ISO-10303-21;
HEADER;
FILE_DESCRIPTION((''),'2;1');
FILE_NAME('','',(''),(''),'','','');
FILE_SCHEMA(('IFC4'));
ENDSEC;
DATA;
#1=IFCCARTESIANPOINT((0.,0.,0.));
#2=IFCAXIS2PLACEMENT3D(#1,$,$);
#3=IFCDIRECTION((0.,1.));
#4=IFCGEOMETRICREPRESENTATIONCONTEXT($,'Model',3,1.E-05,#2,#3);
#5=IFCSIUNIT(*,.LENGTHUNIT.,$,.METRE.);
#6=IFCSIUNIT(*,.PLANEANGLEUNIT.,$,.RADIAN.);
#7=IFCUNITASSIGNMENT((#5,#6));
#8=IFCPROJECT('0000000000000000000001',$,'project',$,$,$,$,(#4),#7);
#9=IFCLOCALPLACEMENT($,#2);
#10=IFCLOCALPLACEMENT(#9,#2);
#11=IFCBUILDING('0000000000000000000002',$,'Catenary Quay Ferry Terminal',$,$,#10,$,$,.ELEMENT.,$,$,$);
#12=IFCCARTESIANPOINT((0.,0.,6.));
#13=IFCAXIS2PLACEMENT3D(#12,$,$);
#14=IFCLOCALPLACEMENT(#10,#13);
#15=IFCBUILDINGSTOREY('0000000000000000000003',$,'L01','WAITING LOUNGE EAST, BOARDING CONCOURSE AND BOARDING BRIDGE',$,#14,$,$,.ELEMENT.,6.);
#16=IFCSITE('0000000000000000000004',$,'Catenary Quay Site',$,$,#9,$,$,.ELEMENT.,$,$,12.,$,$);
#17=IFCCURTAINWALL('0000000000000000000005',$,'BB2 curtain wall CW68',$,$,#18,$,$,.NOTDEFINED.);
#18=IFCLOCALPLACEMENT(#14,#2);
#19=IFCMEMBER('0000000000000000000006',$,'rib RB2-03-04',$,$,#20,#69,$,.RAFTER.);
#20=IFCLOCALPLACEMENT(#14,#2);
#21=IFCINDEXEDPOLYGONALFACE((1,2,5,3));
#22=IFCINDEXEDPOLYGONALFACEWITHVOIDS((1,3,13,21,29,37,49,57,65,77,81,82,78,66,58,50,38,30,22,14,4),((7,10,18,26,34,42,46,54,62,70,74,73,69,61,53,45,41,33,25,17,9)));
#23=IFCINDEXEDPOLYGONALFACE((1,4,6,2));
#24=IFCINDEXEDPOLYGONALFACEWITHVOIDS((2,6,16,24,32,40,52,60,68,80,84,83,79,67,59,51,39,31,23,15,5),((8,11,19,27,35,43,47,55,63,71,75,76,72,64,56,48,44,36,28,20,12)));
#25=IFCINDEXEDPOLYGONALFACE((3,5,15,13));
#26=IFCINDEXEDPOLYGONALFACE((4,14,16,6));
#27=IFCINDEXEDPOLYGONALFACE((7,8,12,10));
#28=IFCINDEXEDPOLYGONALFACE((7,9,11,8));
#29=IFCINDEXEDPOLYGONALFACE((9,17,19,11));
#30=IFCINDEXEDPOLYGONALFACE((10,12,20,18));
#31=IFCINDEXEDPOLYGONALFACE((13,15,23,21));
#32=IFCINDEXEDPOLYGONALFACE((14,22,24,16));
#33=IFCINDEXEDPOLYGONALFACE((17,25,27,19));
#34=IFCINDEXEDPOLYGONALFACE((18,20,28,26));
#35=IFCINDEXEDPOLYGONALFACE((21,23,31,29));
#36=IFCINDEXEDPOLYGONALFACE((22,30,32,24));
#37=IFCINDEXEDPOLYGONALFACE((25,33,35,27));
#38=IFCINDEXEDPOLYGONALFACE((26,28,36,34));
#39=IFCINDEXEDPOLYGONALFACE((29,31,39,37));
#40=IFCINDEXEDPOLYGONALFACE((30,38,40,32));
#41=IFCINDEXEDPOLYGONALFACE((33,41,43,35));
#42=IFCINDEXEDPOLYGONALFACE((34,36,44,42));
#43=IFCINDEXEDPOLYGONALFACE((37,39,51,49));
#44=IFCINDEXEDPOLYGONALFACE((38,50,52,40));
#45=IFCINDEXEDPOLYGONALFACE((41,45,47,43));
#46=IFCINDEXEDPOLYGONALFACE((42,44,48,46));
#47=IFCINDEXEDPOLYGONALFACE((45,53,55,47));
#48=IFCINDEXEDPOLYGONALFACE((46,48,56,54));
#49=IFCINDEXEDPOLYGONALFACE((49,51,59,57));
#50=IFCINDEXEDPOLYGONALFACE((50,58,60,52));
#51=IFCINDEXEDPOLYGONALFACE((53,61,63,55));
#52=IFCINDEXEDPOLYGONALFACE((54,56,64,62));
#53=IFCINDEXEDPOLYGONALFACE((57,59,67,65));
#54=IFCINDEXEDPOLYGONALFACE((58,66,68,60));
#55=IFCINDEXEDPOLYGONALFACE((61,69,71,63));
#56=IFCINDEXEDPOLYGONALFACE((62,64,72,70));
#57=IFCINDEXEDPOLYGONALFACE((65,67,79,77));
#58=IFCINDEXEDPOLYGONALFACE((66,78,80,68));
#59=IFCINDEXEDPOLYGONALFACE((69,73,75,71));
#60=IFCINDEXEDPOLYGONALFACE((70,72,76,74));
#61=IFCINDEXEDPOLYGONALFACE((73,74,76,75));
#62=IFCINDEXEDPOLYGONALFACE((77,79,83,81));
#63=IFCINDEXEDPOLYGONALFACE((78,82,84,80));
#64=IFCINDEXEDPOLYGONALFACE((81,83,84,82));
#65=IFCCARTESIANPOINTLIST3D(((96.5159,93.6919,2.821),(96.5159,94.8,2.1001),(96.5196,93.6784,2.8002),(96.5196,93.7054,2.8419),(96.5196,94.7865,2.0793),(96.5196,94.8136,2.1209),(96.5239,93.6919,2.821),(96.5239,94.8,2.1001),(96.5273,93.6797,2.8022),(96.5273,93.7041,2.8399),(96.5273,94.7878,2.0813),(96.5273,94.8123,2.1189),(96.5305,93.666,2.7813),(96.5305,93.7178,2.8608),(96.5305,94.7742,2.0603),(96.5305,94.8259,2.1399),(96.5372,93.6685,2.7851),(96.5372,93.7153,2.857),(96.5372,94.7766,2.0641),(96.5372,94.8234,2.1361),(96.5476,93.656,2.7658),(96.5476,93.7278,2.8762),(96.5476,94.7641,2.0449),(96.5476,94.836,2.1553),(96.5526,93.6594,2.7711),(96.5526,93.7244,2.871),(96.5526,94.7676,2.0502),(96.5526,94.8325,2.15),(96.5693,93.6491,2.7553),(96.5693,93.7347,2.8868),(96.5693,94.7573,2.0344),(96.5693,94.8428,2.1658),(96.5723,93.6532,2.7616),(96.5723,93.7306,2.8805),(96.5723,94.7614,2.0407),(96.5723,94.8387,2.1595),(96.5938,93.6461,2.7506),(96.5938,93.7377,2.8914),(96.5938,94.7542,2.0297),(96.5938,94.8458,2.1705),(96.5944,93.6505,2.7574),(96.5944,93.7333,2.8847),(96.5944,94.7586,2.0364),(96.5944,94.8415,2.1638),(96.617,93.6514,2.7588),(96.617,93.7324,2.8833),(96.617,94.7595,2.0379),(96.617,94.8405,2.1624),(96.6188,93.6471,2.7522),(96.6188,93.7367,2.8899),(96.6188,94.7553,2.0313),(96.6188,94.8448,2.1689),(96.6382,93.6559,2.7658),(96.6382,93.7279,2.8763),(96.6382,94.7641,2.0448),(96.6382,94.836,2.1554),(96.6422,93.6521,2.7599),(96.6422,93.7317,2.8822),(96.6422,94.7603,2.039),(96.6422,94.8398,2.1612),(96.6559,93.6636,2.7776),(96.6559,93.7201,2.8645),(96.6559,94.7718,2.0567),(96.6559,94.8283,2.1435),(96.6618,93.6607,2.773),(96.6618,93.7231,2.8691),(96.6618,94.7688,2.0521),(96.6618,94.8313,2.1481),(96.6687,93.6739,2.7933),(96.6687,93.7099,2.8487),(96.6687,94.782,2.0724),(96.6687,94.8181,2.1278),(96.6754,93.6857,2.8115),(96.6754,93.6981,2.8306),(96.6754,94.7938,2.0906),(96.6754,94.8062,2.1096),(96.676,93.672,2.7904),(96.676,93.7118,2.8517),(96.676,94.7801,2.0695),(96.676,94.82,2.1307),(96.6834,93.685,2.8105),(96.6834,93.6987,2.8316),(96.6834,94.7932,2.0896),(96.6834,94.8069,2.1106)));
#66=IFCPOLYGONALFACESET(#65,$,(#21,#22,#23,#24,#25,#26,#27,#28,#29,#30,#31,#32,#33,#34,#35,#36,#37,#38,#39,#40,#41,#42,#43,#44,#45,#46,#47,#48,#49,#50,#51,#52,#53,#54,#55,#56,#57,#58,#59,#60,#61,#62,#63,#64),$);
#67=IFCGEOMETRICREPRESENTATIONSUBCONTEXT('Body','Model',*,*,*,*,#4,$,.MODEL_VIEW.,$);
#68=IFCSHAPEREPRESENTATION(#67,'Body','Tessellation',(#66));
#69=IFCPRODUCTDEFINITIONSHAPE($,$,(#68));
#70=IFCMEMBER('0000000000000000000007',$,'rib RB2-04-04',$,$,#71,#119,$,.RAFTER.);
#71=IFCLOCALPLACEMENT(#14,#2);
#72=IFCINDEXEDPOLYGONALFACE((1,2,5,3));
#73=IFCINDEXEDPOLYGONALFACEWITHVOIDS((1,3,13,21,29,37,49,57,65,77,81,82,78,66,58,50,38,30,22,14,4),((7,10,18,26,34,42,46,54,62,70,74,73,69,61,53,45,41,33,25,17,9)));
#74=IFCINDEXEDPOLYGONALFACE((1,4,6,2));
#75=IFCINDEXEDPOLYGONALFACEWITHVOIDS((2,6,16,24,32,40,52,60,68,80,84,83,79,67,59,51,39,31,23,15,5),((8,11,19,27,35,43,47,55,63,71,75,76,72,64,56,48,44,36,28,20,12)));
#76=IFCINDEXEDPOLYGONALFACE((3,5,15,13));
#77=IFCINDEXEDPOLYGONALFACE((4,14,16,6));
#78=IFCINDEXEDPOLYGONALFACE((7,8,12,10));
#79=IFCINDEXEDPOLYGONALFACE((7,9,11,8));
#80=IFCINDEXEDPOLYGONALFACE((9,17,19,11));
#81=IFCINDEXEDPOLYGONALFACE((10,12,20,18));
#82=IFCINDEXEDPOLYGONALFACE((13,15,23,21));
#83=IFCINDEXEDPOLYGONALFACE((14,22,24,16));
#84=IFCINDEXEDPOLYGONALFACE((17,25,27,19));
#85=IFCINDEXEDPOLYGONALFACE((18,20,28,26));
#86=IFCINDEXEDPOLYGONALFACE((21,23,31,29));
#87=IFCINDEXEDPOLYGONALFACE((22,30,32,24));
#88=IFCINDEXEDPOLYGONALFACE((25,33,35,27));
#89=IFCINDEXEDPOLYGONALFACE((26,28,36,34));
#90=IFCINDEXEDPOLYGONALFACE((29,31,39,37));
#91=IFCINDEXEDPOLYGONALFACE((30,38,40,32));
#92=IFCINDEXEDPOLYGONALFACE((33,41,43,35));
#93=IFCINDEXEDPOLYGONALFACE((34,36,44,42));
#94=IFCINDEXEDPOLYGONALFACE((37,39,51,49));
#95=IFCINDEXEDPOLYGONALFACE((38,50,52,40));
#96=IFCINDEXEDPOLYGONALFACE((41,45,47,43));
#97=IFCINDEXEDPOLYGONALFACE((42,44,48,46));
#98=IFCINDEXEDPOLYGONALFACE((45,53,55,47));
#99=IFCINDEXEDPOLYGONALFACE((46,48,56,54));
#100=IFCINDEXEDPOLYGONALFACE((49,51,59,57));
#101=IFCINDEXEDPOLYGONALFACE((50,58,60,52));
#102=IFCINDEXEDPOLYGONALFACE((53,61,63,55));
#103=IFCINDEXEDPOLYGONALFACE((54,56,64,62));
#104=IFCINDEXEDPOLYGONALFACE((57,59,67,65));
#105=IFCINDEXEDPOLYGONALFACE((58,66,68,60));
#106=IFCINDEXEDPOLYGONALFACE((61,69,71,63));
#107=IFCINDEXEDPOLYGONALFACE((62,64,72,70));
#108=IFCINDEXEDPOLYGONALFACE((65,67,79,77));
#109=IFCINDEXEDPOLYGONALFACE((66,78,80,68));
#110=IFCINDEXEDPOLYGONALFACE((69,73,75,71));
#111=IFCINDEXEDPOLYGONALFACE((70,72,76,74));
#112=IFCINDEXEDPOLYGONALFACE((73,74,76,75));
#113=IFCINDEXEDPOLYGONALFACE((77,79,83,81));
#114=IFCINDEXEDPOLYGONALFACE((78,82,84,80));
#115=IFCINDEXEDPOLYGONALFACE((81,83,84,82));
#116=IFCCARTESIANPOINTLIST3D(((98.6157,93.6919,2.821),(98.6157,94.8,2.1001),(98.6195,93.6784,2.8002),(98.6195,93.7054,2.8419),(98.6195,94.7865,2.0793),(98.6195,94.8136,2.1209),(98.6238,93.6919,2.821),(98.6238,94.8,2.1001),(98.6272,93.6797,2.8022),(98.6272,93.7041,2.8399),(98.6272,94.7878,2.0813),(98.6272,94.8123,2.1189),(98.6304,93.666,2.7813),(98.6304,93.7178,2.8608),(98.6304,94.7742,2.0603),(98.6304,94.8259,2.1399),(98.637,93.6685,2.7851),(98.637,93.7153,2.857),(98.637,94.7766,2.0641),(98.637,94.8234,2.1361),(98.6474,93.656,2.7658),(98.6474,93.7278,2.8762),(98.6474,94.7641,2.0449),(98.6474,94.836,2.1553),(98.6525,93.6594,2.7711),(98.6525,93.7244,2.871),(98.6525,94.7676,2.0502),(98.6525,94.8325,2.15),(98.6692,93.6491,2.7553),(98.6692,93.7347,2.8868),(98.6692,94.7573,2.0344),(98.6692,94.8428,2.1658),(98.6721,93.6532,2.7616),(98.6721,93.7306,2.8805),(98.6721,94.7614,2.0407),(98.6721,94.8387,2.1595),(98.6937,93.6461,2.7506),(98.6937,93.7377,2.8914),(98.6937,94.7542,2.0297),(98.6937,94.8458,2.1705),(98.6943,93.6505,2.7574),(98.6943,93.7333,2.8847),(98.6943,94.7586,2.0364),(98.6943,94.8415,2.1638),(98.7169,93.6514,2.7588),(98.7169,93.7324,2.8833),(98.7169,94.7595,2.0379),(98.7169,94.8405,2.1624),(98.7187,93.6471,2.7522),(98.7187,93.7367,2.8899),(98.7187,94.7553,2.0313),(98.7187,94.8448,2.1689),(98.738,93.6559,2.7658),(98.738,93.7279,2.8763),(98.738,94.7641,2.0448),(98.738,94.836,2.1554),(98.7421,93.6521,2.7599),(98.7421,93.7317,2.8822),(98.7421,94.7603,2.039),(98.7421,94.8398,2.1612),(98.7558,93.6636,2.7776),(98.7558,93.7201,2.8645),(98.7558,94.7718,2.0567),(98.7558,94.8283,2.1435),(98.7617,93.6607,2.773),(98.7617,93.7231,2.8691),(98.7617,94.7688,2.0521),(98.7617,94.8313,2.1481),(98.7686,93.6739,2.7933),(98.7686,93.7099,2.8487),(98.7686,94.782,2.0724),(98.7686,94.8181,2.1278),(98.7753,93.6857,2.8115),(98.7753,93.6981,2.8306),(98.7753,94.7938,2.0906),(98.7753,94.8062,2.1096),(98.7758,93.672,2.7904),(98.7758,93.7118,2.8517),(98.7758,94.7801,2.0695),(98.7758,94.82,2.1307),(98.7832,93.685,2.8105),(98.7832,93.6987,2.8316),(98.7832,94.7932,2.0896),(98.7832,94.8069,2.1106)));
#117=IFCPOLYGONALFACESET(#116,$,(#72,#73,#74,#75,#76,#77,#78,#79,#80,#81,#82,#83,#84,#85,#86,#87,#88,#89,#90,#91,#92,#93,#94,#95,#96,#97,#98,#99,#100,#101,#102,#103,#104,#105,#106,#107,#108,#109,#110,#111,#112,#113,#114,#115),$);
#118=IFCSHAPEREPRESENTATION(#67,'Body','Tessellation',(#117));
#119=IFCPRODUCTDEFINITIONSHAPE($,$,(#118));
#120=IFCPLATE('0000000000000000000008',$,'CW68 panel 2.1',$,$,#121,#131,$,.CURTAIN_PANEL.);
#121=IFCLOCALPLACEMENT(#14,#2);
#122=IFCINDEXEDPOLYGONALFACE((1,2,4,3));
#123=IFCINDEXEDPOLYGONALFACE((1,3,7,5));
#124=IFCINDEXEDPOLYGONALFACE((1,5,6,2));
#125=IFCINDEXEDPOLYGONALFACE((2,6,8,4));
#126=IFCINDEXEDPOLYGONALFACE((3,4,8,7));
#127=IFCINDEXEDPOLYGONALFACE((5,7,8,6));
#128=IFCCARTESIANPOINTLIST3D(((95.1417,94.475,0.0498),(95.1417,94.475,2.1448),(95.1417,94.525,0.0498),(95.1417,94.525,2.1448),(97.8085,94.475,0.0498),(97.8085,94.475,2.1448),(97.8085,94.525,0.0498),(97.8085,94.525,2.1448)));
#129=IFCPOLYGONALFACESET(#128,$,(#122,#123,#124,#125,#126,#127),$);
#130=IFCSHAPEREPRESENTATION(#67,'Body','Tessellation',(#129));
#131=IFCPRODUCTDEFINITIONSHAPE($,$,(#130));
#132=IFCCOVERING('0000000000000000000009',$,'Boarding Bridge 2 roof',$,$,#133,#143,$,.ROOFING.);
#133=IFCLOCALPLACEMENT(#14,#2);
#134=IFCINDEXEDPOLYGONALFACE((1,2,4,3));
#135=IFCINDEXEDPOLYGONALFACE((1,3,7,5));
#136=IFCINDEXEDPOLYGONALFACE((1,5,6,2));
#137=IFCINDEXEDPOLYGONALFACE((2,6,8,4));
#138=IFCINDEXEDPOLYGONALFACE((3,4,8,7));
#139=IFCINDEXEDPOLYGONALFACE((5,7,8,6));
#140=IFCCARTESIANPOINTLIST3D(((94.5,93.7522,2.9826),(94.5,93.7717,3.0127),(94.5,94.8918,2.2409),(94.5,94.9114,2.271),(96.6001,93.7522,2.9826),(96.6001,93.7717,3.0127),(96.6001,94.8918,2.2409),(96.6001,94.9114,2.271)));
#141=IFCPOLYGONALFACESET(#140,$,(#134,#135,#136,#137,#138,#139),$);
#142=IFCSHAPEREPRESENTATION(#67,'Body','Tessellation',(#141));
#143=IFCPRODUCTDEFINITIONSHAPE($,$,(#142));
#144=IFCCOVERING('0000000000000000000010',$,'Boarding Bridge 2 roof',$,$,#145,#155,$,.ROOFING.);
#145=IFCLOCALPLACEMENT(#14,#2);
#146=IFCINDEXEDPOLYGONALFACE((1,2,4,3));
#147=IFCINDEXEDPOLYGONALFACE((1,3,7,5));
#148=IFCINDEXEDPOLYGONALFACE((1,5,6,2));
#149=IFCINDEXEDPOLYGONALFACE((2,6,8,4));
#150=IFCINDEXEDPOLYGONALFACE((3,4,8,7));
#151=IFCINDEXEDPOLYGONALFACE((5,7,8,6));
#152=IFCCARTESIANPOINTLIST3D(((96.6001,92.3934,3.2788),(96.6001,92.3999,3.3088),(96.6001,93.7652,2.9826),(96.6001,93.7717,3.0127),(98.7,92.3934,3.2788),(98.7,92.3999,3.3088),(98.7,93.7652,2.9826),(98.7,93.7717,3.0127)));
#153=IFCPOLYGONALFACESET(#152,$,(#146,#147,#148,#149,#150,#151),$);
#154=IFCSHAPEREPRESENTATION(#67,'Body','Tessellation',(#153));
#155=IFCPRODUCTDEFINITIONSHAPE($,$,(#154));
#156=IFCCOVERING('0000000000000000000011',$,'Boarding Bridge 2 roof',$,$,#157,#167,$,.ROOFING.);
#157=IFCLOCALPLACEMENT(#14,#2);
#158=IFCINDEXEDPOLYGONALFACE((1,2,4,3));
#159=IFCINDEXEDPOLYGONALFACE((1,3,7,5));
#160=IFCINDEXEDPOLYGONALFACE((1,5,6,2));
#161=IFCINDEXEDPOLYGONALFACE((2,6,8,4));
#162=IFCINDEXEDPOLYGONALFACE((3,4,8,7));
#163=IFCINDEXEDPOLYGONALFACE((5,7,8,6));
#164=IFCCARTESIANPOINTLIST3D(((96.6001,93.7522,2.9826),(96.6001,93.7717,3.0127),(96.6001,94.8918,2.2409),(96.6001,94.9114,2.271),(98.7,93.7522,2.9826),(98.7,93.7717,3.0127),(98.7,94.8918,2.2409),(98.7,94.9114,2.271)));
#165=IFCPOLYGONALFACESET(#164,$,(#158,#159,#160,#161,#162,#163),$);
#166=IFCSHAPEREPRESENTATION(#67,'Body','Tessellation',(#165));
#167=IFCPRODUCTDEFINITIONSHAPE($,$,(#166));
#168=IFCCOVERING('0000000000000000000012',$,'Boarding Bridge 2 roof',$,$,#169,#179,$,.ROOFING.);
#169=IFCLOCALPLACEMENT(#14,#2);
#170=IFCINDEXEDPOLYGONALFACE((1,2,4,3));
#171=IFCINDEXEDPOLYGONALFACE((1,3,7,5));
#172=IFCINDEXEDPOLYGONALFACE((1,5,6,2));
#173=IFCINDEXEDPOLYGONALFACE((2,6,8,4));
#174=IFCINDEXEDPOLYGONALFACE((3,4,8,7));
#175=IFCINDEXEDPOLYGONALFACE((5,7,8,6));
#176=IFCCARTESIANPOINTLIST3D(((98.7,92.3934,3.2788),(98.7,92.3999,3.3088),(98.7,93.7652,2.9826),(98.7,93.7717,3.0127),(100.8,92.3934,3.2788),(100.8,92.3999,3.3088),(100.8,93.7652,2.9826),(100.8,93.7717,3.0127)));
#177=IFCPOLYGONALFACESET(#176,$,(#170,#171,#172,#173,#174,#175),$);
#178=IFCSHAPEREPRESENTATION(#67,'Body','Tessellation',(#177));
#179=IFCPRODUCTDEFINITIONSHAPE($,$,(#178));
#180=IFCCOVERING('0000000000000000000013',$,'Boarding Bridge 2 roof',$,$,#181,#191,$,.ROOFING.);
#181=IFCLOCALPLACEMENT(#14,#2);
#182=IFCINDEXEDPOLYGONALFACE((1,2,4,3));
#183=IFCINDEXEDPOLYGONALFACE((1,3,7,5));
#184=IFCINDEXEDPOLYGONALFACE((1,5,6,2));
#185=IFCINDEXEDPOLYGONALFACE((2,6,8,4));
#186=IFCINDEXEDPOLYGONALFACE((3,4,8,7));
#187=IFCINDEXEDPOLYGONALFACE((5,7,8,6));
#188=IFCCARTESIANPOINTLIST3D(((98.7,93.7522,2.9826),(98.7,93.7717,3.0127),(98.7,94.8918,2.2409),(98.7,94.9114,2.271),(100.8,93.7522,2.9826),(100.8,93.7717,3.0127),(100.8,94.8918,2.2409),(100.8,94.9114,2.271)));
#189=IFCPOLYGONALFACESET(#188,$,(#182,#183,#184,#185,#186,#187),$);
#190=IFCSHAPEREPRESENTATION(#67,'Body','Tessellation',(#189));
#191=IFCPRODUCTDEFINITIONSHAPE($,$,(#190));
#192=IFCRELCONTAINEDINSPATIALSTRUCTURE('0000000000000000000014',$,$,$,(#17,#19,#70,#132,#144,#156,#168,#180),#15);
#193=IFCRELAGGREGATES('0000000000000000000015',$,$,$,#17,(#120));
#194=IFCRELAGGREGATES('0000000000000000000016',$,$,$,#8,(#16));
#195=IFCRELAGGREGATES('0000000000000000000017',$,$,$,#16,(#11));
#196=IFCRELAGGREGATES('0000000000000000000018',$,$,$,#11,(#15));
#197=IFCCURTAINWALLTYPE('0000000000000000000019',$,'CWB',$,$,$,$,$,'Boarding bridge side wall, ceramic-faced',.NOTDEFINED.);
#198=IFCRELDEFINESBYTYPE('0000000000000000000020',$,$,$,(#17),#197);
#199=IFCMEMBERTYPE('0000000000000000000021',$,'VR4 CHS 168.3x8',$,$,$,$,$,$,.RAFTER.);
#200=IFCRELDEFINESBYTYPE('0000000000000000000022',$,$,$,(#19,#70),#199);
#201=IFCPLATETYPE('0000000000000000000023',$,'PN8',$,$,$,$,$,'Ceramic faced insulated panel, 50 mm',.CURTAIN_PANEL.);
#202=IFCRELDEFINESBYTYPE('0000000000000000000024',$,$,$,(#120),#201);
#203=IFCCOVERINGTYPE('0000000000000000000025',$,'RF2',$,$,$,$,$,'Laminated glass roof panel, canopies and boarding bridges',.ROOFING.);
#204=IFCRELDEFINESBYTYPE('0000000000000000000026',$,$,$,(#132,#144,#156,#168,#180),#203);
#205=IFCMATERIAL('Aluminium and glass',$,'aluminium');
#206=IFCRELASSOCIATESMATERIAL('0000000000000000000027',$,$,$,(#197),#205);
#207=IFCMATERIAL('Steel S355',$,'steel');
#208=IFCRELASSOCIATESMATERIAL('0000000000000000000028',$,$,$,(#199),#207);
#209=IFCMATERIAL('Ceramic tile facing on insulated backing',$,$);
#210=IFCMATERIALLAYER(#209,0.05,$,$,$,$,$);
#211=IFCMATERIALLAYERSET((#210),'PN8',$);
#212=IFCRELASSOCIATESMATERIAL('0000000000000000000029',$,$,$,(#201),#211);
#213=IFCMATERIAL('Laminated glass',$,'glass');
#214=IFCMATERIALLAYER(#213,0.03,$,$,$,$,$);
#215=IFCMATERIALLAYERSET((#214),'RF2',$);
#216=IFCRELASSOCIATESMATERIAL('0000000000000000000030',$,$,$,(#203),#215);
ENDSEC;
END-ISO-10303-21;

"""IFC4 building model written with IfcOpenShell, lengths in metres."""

from ifc_helpers import new_model, si_unit, direction, frame, origin, origin_2d, place, context, subcontext, project, spatial, polyline, rectangle, hollow_circle, outline, extrude, material, layer, layer_set, material_profile, profile_set, type_object, element, aggregate, save


model = new_model("IFC4")

# Units and contexts
model_context = context("Model", 3, precision=1e-05, world=origin(), true_north=direction((0.0, 1.0)))
body_context = subcontext(model_context, "Body", "Model", "MODEL_VIEW")
ifc_project = project(units=[si_unit("LENGTHUNIT", "METRE"), si_unit("PLANEANGLEUNIT", "RADIAN")], contexts=[model_context])

# Site, building, storey
site_placement = place(None, origin())
site = spatial("IfcSite", under=ifc_project, at=site_placement, Name="Catenary Quay Site", CompositionType="ELEMENT", RefElevation=12.0)
building_placement = place(site_placement, origin())
building = spatial("IfcBuilding", under=site, at=building_placement, Name="Catenary Quay Ferry Terminal", CompositionType="ELEMENT")
storey_placement = place(building_placement, frame((0.0, 0.0, 6.0)))
storey = spatial("IfcBuildingStorey", under=building, at=storey_placement, Name="L01", Description="WAITING LOUNGE EAST, BOARDING CONCOURSE AND BOARDING BRIDGE", CompositionType="ELEMENT", Elevation=6.0)

# Curtain wall
ifc_material_1 = material(Name="Aluminium and glass", Category="aluminium")
curtain_wall_type = type_object("IfcCurtainWallType", Name="CWB", ElementType="Boarding bridge side wall, ceramic-faced", PredefinedType="NOTDEFINED", material=ifc_material_1)
curtain_wall_placement = place(storey_placement, origin())
curtain_wall = element("IfcCurtainWall", 1, at=curtain_wall_placement, inside=storey, type_object=curtain_wall_type, Name="BB2 curtain wall CW68", PredefinedType="NOTDEFINED")

# Members
ifc_material_2 = material(Name="Steel S355", Category="steel")
ifc_material_profile_1 = material_profile(ifc_material_2, hollow_circle(Radius=0.0842, WallThickness=0.0081, at=origin_2d()), Name="CHS 168.3x8")
ifc_profile_set_1 = profile_set([ifc_material_profile_1], Name="Steel S355")
member_type_1 = type_object("IfcMemberType", Name="VR4 CHS 168.3x8", PredefinedType="RAFTER", material=ifc_profile_set_1)
for number, where, z_axis, x_axis, name in (
    (2, (96.6001, 93.6919, 2.821), (0.0, 0.83822, -0.545332), (-1.0, 0.0, 0.0), "rib RB2-03-04"),
    (3, (98.7, 93.6919, 2.821), (0.0, 0.83822, -0.545332), (-1.0, 0.0, 0.0), "rib RB2-04-04"),
):
    element("IfcMember", number, at=place(storey_placement, frame(where, z_axis=z_axis, x_axis=x_axis)), inside=storey, type_object=member_type_1, Name=name, PredefinedType="RAFTER", context=body_context, shape_type="SweptSolid", body=[
        extrude(hollow_circle(Radius=0.0842, WallThickness=0.0081, at=origin_2d()), origin(), (0.0, 0.0, 1.0), 1.322),
    ])

# Plate
ifc_material_3 = material(Name="Ceramic tile facing on insulated backing")
ifc_layer_1 = layer(ifc_material_3, 0.05)
ifc_layer_set_1 = layer_set([ifc_layer_1], Name="PN8")
plate_type = type_object("IfcPlateType", Name="PN8", ElementType="Ceramic faced insulated panel, 50 mm", PredefinedType="CURTAIN_PANEL", material=ifc_layer_set_1)
plate_placement = place(storey_placement, frame((96.4751, 94.5, 0.0498), z_axis=(0.0, 0.0, 1.0), x_axis=(1.0, 0.0, 0.0)))
plate = element("IfcPlate", 4, at=plate_placement, type_object=plate_type, Name="CW68 panel 2.1", PredefinedType="CURTAIN_PANEL", context=body_context, shape_type="SweptSolid", body=[
    extrude(rectangle(XDim=2.6667, YDim=0.05, at=origin_2d()), origin(), (0.0, 0.0, 1.0), 2.095),
])
aggregate(curtain_wall, [plate])

# Coverings
ifc_material_4 = material(Name="Laminated glass", Category="glass")
ifc_layer_2 = layer(ifc_material_4, 0.03)
ifc_layer_set_2 = layer_set([ifc_layer_2], Name="RF2")
covering_type = type_object("IfcCoveringType", Name="RF2", ElementType="Laminated glass roof panel, canopies and boarding bridges", PredefinedType="ROOFING", material=ifc_layer_set_2)
covering_1_placement = place(storey_placement, frame((94.5, 93.7717, 3.0127), z_axis=(0.0, 0.545468, 0.838132), x_axis=(1.0, 0.0, 0.0)))
element("IfcCovering", 5, at=covering_1_placement, inside=storey, type_object=covering_type, Name="Boarding Bridge 2 roof", PredefinedType="ROOFING", context=body_context, shape_type="SweptSolid", body=[
    extrude(outline(polyline([(0.0, 0.0), (2.1001, 0.0), (2.1001, 1.3597), (0.0, 1.3597), (0.0, 0.0)])), origin(), (0.0, 0.0, -1.0), 0.0359),
])
covering_2_placement = place(storey_placement, frame((96.6001, 92.3999, 3.3088), z_axis=(0.0, 0.211014, 0.977483), x_axis=(1.0, 0.0, 0.0)))
element("IfcCovering", 6, at=covering_2_placement, inside=storey, type_object=covering_type, Name="Boarding Bridge 2 roof", PredefinedType="ROOFING", context=body_context, shape_type="SweptSolid", body=[
    extrude(outline(polyline([(0.0, 0.0), (2.0999, 0.0), (2.0999, 1.4034), (0.0, 1.4034), (0.0, 0.0)])), origin(), (0.0, 0.0, -1.0), 0.0308),
])
covering_3_placement = place(storey_placement, frame((96.6001, 93.7717, 3.0127), z_axis=(0.0, 0.545468, 0.838132), x_axis=(1.0, 0.0, 0.0)))
element("IfcCovering", 7, at=covering_3_placement, inside=storey, type_object=covering_type, Name="Boarding Bridge 2 roof", PredefinedType="ROOFING", context=body_context, shape_type="SweptSolid", body=[
    extrude(outline(polyline([(0.0, 0.0), (2.0999, 0.0), (2.0999, 1.3597), (0.0, 1.3597), (0.0, 0.0)])), origin(), (0.0, 0.0, -1.0), 0.0359),
])
covering_4_placement = place(storey_placement, frame((98.7, 92.3999, 3.3088), z_axis=(0.0, 0.211014, 0.977483), x_axis=(1.0, 0.0, 0.0)))
element("IfcCovering", 8, at=covering_4_placement, inside=storey, type_object=covering_type, Name="Boarding Bridge 2 roof", PredefinedType="ROOFING", context=body_context, shape_type="SweptSolid", body=[
    extrude(outline(polyline([(0.0, 0.0), (2.1001, 0.0), (2.1001, 1.4034), (0.0, 1.4034), (0.0, 0.0)])), origin(), (0.0, 0.0, -1.0), 0.0308),
])
covering_5_placement = place(storey_placement, frame((98.7, 93.7717, 3.0127), z_axis=(0.0, 0.545468, 0.838132), x_axis=(1.0, 0.0, 0.0)))
element("IfcCovering", 9, at=covering_5_placement, inside=storey, type_object=covering_type, Name="Boarding Bridge 2 roof", PredefinedType="ROOFING", context=body_context, shape_type="SweptSolid", body=[
    extrude(outline(polyline([(0.0, 0.0), (2.1001, 0.0), (2.1001, 1.3597), (0.0, 1.3597), (0.0, 0.0)])), origin(), (0.0, 0.0, -1.0), 0.0359),
])

save(model, "model.ifc")
